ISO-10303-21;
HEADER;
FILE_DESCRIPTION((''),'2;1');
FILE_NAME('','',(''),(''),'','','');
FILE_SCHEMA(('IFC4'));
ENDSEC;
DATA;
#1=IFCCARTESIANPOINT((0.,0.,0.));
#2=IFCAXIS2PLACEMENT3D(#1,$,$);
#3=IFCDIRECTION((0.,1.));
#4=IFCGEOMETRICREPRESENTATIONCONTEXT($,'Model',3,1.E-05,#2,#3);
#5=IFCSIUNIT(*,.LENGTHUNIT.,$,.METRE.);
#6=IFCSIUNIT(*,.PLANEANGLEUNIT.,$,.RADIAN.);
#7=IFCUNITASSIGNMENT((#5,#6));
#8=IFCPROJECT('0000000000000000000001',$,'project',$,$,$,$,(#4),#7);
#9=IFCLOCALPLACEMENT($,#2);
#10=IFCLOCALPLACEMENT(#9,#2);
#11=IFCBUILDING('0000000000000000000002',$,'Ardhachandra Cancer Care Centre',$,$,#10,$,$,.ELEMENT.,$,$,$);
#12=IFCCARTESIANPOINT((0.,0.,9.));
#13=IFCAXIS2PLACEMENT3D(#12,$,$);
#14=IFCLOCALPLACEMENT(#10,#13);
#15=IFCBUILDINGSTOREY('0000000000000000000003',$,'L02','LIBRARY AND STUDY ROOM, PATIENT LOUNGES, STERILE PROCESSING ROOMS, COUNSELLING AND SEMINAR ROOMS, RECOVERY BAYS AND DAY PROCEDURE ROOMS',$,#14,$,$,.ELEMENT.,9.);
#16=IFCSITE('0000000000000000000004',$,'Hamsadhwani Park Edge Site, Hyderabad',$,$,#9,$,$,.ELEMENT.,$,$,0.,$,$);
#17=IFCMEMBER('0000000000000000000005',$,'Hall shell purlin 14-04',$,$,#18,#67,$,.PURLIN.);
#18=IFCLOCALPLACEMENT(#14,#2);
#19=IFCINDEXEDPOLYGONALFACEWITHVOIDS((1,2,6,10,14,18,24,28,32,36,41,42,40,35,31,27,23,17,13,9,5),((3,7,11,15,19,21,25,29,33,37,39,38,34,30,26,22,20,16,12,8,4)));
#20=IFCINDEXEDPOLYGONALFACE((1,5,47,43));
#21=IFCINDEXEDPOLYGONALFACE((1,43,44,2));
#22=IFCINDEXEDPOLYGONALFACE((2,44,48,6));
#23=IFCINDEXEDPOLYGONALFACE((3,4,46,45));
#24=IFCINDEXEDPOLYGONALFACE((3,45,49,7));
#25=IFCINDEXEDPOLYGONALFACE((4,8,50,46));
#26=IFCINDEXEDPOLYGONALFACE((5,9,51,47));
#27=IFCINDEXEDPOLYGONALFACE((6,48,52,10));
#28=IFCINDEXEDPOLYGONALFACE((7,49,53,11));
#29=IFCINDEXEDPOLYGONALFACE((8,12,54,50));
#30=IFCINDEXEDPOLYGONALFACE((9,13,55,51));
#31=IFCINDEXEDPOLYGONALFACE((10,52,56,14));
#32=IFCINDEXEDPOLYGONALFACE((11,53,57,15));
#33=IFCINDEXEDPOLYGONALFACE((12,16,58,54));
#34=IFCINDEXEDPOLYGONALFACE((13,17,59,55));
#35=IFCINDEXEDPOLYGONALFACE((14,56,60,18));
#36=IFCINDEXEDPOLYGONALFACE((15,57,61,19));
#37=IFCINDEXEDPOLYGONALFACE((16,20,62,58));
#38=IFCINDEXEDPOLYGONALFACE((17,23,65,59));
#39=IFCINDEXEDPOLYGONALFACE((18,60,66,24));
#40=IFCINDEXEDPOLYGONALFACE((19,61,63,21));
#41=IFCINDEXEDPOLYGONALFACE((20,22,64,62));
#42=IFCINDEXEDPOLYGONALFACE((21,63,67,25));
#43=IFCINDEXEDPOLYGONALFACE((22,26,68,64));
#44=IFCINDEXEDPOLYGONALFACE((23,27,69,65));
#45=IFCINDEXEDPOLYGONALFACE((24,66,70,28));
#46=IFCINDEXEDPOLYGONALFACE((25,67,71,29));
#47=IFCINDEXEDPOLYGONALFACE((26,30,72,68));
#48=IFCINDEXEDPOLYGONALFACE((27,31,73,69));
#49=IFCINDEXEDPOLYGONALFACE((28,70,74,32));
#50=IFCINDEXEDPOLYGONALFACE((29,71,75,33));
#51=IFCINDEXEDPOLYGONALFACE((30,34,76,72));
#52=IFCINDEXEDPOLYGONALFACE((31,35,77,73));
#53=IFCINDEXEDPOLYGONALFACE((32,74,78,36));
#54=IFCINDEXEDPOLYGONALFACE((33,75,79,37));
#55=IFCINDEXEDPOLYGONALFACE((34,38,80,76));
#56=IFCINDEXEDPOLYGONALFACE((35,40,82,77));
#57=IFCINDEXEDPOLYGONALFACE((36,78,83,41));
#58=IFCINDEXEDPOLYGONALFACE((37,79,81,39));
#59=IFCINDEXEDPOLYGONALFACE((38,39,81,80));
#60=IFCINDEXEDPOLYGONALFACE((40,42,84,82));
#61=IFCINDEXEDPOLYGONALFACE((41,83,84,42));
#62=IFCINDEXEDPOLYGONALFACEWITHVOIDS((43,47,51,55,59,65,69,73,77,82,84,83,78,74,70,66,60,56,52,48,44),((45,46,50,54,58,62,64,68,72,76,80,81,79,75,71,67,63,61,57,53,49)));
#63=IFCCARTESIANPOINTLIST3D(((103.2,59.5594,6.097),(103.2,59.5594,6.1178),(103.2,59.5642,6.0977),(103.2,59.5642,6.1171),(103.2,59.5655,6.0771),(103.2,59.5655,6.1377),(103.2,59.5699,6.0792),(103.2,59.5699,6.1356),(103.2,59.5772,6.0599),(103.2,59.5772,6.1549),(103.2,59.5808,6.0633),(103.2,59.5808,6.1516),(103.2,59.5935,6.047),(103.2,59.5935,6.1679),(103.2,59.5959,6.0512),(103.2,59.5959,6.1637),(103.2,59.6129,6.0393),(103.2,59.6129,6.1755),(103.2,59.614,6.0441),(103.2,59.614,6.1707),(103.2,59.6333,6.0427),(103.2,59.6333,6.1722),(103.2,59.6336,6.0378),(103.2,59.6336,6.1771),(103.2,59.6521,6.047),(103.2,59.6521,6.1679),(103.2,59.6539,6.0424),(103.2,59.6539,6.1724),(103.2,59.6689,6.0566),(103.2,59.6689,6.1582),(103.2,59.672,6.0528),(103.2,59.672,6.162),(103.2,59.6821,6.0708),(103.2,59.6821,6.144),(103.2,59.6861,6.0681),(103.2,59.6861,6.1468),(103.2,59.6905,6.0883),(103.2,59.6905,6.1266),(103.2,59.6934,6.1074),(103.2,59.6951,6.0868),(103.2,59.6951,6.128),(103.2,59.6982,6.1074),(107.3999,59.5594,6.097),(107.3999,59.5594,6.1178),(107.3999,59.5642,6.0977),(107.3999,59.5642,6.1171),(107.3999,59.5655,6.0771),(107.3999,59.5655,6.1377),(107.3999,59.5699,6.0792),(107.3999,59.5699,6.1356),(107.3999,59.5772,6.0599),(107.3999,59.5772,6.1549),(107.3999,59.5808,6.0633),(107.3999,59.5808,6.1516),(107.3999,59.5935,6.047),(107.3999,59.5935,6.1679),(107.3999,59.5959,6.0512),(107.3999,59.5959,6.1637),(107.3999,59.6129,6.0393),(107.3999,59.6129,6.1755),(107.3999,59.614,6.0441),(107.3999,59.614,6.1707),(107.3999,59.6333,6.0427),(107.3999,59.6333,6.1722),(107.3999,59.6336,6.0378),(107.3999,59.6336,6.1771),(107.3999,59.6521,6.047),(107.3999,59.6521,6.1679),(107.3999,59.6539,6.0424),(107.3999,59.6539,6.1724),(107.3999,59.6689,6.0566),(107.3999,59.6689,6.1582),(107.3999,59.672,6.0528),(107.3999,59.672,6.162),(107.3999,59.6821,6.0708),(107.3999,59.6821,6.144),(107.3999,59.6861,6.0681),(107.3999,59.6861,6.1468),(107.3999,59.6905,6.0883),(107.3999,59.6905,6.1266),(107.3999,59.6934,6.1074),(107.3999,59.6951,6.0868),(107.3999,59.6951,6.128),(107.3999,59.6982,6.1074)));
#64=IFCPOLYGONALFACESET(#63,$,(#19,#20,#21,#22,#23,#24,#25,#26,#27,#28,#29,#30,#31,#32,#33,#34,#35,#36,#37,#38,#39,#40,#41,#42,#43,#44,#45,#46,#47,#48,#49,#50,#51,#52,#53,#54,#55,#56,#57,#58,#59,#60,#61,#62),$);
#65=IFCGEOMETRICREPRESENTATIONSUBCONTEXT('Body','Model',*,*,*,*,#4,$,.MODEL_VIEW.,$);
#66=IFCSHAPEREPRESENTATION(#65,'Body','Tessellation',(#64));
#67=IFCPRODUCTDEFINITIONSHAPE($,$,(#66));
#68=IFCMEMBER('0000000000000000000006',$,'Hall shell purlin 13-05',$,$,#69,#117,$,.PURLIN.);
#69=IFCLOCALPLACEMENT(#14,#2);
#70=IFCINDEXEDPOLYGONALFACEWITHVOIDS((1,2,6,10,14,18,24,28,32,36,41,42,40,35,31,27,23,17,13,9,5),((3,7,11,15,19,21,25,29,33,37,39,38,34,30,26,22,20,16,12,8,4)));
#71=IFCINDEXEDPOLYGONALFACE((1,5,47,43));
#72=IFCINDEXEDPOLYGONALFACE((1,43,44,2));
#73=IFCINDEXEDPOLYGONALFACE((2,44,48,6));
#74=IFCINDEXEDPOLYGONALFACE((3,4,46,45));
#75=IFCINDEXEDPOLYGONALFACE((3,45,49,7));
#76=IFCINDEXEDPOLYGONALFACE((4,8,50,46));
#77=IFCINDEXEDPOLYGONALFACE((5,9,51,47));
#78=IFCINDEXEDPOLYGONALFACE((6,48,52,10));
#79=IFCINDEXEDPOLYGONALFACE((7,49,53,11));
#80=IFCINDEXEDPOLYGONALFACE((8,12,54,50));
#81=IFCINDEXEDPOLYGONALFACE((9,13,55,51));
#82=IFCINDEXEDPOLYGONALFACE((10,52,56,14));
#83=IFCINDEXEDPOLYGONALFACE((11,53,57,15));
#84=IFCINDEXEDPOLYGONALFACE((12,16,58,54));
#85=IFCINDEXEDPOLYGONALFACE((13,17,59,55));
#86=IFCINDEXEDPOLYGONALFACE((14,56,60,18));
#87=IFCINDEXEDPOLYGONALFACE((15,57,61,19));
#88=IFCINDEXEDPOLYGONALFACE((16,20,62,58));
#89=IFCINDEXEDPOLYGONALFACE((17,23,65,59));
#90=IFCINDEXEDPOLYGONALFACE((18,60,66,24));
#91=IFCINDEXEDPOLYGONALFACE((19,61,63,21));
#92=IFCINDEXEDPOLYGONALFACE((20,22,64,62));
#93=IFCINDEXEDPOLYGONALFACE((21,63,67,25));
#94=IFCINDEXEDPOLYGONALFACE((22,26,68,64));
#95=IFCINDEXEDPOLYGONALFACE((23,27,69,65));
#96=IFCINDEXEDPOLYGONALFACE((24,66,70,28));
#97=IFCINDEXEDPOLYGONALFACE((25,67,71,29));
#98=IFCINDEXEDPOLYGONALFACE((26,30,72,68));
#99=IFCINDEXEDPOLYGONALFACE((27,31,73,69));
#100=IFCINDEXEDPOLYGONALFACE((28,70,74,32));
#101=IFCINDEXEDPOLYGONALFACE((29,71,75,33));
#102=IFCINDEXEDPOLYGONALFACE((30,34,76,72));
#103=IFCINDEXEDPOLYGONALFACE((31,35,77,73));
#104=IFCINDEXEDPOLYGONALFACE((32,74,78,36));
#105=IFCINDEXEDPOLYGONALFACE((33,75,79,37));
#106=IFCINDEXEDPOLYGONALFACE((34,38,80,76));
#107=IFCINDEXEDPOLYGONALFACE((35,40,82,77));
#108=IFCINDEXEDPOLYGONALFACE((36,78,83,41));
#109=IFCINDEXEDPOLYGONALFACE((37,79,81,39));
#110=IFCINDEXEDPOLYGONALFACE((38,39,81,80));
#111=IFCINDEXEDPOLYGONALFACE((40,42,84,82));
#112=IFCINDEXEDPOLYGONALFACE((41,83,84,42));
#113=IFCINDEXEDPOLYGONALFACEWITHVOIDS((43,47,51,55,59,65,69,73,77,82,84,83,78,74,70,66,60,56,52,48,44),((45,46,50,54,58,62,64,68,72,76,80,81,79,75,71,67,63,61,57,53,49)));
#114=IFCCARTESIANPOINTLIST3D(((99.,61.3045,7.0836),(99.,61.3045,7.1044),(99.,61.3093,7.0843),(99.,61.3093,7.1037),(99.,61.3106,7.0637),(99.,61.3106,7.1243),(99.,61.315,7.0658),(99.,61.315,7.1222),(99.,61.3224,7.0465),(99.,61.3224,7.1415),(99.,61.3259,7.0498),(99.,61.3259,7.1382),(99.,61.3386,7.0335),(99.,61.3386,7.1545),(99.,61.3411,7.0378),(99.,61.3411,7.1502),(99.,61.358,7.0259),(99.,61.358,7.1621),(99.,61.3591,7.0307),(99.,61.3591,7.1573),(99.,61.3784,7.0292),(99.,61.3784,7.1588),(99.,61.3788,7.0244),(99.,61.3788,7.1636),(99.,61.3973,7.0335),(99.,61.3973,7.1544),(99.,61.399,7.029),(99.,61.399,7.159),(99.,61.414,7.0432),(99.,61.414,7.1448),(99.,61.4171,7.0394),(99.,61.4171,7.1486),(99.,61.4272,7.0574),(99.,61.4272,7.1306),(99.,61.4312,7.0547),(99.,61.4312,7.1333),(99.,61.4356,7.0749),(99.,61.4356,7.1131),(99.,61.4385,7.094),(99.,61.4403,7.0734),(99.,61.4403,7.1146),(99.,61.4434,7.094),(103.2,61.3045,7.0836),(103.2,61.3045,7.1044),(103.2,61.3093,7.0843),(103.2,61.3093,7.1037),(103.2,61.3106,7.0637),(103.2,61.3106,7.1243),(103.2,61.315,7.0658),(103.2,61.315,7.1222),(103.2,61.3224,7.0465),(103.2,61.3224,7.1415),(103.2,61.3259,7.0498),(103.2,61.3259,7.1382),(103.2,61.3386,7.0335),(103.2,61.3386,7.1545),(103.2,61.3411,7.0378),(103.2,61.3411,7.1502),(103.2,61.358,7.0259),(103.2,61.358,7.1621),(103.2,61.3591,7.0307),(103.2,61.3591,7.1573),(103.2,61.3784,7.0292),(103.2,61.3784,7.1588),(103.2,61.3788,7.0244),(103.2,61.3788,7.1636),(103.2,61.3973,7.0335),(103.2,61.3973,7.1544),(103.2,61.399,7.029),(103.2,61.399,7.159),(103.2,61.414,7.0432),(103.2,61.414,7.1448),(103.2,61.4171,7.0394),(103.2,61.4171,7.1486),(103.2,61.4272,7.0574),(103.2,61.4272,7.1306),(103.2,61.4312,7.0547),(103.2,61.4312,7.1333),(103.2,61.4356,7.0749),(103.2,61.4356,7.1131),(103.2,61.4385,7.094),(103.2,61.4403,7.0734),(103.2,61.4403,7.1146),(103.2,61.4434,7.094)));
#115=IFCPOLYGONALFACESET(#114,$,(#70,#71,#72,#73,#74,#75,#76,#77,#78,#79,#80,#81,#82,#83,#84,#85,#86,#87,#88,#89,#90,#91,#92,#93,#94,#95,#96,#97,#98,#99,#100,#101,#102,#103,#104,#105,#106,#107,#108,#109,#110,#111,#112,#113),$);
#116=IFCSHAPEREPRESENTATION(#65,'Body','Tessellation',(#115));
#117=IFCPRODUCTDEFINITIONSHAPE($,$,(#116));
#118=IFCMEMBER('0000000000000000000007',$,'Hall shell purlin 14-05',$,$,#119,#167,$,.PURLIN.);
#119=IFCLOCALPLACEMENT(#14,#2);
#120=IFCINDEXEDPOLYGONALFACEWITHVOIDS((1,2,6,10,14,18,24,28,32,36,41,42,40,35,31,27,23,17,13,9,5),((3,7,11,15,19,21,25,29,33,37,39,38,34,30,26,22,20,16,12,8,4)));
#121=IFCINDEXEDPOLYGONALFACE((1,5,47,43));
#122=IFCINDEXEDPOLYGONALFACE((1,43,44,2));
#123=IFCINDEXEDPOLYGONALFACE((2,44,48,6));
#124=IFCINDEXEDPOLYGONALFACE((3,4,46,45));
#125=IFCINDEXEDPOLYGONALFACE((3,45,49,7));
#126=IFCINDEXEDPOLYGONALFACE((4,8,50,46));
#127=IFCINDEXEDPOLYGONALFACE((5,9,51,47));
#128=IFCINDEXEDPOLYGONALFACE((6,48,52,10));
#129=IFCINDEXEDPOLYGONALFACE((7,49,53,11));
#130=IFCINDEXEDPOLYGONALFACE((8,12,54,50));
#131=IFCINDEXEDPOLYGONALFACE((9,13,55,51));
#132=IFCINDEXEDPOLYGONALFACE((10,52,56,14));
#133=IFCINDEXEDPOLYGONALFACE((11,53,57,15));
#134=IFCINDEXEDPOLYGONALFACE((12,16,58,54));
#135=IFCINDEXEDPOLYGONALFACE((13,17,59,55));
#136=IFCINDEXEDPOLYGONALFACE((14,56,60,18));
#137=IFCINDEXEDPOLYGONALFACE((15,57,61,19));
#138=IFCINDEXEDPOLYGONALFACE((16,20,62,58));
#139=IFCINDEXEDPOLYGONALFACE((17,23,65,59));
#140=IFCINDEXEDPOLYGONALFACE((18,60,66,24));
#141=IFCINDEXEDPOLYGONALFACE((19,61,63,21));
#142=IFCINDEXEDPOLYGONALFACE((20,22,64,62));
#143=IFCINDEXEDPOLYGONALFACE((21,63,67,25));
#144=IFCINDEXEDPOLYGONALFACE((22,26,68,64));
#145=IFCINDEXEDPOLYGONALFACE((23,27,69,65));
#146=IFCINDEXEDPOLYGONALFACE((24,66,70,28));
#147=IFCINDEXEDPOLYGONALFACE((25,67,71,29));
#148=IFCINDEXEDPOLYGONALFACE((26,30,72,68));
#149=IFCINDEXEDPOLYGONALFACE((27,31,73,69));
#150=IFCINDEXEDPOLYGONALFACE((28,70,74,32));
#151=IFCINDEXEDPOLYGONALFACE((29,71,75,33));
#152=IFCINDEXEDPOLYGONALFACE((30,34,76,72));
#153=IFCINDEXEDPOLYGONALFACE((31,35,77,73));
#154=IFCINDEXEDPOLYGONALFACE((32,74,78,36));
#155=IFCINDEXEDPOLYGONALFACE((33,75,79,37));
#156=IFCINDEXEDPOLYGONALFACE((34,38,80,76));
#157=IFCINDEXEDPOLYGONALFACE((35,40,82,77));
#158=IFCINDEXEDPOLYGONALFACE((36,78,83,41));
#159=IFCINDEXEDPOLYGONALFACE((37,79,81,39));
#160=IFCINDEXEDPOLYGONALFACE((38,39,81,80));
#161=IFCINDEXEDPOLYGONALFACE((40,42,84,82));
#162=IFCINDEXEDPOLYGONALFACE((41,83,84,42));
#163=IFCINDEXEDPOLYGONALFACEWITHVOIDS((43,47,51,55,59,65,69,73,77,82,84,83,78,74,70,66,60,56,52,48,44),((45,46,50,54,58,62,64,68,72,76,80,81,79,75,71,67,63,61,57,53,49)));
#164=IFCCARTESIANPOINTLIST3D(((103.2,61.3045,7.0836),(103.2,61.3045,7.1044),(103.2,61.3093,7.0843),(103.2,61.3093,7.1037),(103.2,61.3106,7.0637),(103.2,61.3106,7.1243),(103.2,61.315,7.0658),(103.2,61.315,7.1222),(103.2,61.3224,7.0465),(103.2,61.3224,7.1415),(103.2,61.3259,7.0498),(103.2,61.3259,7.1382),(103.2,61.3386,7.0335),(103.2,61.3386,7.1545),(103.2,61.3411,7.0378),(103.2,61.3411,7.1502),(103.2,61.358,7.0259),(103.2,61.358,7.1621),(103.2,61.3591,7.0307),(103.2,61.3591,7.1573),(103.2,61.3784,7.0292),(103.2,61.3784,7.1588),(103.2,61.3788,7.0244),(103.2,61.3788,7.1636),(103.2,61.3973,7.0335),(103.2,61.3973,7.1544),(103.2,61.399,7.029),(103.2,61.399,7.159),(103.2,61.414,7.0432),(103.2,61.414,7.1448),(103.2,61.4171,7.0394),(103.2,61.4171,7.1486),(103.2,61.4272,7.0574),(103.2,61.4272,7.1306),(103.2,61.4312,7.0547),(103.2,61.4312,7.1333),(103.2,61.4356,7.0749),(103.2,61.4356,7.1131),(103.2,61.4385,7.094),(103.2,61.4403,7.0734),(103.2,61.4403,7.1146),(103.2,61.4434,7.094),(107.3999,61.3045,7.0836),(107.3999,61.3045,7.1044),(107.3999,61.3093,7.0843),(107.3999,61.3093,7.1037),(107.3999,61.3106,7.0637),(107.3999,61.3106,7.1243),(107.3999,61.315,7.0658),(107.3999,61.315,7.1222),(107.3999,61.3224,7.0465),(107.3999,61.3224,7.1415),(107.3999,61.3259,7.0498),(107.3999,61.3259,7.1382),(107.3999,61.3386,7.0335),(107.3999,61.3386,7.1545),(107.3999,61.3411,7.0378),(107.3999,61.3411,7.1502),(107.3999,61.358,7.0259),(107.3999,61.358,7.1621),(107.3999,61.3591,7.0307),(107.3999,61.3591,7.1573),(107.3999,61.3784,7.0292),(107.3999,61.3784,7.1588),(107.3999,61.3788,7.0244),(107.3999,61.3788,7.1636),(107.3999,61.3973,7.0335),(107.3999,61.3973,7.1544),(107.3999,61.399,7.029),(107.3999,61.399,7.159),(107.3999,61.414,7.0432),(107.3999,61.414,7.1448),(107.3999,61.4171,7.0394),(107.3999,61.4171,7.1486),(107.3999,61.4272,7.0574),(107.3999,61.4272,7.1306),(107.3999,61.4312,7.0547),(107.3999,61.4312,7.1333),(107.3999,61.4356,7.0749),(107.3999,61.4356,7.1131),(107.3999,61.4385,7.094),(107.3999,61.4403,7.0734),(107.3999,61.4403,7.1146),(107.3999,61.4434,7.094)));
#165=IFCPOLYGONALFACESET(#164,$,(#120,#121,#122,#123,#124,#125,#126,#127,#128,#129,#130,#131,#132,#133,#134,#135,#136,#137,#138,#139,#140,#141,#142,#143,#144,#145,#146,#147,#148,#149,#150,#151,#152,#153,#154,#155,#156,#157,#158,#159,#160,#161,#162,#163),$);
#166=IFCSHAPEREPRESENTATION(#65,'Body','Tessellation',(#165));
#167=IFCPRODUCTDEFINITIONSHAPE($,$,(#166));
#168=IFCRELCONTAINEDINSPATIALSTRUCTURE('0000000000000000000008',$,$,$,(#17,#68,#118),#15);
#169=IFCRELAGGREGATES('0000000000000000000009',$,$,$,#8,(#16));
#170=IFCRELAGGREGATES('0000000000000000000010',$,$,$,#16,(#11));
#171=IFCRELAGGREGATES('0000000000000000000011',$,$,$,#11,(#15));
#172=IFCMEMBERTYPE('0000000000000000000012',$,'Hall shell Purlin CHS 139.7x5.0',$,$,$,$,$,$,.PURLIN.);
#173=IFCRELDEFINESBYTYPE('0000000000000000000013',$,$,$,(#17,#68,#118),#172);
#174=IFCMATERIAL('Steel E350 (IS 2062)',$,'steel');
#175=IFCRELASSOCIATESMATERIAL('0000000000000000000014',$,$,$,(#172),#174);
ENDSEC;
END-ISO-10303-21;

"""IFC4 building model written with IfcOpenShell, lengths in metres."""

from ifc_helpers import new_model, si_unit, direction, frame, origin, origin_2d, place, context, subcontext, project, spatial, hollow_circle, extrude, material, material_profile, profile_set, type_object, element, save


model = new_model("IFC4")

# Units and contexts
model_context = context("Model", 3, precision=1e-05, world=origin(), true_north=direction((0.0, 1.0)))
body_context = subcontext(model_context, "Body", "Model", "MODEL_VIEW")
ifc_project = project(units=[si_unit("LENGTHUNIT", "METRE"), si_unit("PLANEANGLEUNIT", "RADIAN")], contexts=[model_context])

# Site, building, storey
site_placement = place(None, origin())
site = spatial("IfcSite", under=ifc_project, at=site_placement, Name="Hamsadhwani Park Edge Site, Hyderabad", CompositionType="ELEMENT", RefElevation=0.0)
building_placement = place(site_placement, origin())
building = spatial("IfcBuilding", under=site, at=building_placement, Name="Ardhachandra Cancer Care Centre", CompositionType="ELEMENT")
storey_placement = place(building_placement, frame((0.0, 0.0, 9.0)))
storey = spatial("IfcBuildingStorey", under=building, at=storey_placement, Name="L02", Description="LIBRARY AND STUDY ROOM, PATIENT LOUNGES, STERILE PROCESSING ROOMS, COUNSELLING AND SEMINAR ROOMS, RECOVERY BAYS AND DAY PROCEDURE ROOMS", CompositionType="ELEMENT", Elevation=9.0)

# Members
ifc_material_1 = material(Name="Steel E350 (IS 2062)", Category="steel")
ifc_material_profile_1 = material_profile(ifc_material_1, hollow_circle(Radius=0.0698, WallThickness=0.0049, at=origin_2d()), Name="CHS 139.7x5.0")
ifc_profile_set_1 = profile_set([ifc_material_profile_1], Name="Steel E350 (IS 2062)")
member_type_1 = type_object("IfcMemberType", Name="Hall shell Purlin CHS 139.7x5.0", PredefinedType="PURLIN", material=ifc_profile_set_1)
for number, where, z_axis, x_axis, name in (
    (1, (103.2, 59.6284, 6.1074), (1.0, 0.0, 0.0), (0.0, 1.0, 0.0), "Hall shell purlin 14-04"),
    (2, (99.0, 61.3735, 7.094), (1.0, 0.0, 0.0), (0.0, 1.0, 0.0), "Hall shell purlin 13-05"),
    (3, (103.2, 61.3735, 7.094), (1.0, 0.0, 0.0), (0.0, 1.0, 0.0), "Hall shell purlin 14-05"),
):
    element("IfcMember", number, at=place(storey_placement, frame(where, z_axis=z_axis, x_axis=x_axis)), inside=storey, type_object=member_type_1, Name=name, PredefinedType="PURLIN", context=body_context, shape_type="SweptSolid", body=[
        extrude(hollow_circle(Radius=0.0698, WallThickness=0.0049, at=origin_2d()), origin(), (0.0, 0.0, 1.0), 4.2),
    ])

save(model, "model.ifc")
